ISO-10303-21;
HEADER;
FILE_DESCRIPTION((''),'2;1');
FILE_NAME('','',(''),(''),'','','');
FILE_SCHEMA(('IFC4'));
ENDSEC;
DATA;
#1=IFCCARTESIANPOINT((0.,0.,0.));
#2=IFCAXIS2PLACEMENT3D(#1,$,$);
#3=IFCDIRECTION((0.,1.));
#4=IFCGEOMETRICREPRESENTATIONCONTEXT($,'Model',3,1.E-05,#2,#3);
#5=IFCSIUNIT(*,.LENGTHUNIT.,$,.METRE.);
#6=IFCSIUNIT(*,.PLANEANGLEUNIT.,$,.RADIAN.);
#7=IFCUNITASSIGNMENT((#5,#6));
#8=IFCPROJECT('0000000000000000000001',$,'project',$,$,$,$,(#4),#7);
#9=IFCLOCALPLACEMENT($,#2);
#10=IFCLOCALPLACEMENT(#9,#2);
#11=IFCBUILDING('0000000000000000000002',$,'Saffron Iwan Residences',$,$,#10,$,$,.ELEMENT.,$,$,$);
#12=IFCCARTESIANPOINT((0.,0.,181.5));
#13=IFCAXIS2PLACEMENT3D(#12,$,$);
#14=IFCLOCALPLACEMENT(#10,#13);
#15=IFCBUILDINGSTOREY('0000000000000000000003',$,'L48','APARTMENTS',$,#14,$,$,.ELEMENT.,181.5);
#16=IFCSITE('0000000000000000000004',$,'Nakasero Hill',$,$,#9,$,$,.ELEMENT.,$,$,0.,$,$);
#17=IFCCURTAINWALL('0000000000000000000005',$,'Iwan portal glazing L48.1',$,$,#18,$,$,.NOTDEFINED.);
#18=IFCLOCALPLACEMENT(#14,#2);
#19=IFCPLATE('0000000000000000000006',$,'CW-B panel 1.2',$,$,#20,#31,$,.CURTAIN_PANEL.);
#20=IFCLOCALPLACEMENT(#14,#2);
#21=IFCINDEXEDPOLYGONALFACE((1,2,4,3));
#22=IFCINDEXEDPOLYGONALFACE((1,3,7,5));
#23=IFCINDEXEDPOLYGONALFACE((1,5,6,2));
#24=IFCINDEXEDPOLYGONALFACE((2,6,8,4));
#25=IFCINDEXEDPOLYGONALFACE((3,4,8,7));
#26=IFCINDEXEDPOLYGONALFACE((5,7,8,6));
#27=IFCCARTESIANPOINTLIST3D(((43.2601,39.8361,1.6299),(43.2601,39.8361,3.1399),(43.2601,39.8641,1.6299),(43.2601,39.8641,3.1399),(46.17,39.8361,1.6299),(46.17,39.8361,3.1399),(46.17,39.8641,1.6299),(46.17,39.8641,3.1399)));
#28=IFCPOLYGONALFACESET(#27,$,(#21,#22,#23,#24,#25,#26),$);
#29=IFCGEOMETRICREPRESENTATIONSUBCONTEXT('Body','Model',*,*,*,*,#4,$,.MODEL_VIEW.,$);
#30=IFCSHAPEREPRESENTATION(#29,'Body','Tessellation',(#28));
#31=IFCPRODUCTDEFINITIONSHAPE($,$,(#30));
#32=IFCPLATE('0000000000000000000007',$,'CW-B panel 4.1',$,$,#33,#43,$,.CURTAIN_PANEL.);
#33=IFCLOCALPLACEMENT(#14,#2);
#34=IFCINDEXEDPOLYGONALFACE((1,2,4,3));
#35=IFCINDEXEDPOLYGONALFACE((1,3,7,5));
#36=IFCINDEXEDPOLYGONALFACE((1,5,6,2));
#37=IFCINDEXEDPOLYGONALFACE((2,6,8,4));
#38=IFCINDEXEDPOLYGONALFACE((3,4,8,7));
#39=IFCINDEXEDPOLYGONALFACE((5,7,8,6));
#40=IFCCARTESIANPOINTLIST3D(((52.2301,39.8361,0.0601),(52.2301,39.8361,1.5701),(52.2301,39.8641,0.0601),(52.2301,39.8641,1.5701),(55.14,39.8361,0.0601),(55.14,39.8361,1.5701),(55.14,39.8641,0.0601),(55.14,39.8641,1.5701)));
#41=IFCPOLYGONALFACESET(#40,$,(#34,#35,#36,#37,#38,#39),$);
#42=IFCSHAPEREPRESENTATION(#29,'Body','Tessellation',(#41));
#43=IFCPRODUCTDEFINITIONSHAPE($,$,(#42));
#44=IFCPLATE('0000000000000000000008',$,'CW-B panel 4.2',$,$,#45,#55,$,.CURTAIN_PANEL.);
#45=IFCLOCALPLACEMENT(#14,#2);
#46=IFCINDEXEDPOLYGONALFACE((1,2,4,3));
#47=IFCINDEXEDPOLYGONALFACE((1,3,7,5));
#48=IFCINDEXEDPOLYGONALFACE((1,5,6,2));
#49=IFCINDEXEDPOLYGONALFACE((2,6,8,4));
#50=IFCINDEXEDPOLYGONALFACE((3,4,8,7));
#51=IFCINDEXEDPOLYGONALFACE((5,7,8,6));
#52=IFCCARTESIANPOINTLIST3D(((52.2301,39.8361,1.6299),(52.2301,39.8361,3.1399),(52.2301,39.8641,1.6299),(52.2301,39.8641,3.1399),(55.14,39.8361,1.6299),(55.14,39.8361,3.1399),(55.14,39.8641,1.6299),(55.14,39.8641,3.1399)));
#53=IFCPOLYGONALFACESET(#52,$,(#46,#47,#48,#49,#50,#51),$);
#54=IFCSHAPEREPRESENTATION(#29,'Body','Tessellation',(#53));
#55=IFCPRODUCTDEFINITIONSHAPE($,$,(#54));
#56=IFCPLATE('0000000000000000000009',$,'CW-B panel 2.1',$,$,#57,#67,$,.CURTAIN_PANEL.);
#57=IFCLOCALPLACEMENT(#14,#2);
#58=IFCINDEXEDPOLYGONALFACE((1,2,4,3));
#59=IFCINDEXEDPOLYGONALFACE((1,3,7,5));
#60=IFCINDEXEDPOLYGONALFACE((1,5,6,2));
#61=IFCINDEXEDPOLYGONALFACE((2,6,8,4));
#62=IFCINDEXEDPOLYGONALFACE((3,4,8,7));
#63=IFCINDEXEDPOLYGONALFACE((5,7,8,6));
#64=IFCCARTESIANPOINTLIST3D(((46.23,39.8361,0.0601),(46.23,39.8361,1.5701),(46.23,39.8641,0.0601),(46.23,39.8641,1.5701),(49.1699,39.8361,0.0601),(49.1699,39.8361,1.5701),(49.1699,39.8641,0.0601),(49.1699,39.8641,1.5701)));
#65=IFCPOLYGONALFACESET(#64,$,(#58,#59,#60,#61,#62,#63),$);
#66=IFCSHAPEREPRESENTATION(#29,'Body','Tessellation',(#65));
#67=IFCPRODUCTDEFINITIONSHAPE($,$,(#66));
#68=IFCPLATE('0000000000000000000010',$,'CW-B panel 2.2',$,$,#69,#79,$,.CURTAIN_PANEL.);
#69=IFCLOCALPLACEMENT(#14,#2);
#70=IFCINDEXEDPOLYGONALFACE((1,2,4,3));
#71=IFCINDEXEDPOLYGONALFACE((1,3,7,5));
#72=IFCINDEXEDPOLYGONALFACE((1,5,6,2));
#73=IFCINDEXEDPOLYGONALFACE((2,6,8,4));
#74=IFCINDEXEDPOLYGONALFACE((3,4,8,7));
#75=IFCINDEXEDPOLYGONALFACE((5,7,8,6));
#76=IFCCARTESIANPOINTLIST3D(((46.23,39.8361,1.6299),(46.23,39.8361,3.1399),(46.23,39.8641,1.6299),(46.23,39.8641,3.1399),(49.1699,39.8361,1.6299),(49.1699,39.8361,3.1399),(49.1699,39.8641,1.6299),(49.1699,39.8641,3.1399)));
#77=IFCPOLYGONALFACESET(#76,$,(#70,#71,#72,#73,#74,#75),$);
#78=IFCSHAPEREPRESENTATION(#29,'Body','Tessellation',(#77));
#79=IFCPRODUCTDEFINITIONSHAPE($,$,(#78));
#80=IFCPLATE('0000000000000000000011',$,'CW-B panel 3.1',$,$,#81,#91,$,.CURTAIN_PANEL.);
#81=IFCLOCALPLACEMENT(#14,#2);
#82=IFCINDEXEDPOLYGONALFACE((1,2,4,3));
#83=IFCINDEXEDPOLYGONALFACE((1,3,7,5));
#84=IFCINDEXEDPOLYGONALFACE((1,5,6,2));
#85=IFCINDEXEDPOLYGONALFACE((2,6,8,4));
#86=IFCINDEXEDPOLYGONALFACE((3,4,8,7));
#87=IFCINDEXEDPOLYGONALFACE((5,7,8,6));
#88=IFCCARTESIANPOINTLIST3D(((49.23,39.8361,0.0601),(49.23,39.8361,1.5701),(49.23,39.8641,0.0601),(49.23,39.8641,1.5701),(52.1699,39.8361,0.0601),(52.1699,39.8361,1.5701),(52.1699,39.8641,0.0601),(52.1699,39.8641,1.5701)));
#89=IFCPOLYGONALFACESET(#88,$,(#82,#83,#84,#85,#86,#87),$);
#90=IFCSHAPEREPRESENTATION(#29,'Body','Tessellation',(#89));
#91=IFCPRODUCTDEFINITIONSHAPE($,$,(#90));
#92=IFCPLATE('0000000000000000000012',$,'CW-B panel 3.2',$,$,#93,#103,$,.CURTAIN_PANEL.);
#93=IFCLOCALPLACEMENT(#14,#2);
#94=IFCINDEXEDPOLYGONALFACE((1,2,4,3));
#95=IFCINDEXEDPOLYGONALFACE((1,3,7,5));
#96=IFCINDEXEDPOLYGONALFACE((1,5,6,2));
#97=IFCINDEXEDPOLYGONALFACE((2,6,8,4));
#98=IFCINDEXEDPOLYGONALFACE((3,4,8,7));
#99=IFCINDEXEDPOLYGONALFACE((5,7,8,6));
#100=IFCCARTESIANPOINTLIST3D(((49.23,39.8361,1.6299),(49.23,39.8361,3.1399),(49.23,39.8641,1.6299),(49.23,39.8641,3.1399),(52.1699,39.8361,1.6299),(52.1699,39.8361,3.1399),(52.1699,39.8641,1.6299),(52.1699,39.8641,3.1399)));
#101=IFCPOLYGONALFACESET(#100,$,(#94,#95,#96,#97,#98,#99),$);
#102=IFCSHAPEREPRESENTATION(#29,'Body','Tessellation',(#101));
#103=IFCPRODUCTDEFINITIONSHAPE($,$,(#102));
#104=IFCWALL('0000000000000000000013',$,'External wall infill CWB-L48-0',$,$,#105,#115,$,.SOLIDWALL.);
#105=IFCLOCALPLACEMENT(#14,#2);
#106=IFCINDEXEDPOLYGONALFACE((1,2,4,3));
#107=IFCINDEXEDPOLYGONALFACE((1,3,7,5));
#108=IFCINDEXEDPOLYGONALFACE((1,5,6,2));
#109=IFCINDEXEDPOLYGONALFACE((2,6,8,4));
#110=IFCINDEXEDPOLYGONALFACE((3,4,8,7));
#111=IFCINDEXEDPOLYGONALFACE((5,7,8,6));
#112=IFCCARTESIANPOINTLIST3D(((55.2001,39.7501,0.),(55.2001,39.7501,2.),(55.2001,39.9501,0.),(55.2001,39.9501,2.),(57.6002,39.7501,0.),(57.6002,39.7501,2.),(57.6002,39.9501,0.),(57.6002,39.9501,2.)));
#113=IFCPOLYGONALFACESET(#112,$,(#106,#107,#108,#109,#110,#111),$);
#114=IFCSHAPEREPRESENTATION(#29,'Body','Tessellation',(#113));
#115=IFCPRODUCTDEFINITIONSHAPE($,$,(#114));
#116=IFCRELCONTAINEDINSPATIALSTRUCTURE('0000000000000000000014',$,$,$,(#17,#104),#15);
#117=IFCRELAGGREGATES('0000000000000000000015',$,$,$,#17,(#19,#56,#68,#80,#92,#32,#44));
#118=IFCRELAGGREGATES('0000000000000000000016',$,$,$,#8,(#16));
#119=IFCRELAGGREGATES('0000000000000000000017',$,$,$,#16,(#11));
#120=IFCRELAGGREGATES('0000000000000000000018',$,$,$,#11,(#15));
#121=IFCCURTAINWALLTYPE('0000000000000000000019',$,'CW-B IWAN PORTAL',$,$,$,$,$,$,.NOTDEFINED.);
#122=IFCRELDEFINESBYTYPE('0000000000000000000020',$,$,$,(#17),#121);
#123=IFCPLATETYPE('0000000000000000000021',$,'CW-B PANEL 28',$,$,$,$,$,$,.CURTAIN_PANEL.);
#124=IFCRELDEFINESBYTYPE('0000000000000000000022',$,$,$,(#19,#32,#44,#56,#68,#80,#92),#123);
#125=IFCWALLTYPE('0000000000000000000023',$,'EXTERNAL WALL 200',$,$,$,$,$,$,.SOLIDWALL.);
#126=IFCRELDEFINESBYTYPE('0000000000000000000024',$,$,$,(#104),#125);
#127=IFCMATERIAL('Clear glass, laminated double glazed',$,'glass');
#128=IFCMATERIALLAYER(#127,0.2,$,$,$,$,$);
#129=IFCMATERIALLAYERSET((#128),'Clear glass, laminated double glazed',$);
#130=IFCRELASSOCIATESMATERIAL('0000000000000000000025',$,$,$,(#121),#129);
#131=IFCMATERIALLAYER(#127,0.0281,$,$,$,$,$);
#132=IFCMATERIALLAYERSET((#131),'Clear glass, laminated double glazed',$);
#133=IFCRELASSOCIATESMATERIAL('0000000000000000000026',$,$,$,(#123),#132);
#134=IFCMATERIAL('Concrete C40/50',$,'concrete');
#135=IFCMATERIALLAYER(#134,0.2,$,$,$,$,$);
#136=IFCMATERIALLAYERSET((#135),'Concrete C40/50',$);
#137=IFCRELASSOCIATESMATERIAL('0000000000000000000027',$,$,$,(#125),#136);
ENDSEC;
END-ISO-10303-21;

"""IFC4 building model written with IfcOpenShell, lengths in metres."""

from ifc_helpers import new_model, si_unit, direction, frame, frame_2d, origin, origin_2d, place, context, subcontext, project, spatial, rectangle, extrude, source, transform, mapped, material, layer, layer_set, type_object, element, aggregate, save


model = new_model("IFC4")

# Units and contexts
model_context = context("Model", 3, precision=1e-05, world=origin(), true_north=direction((0.0, 1.0)))
body_context = subcontext(model_context, "Body", "Model", "MODEL_VIEW")
ifc_project = project(units=[si_unit("LENGTHUNIT", "METRE"), si_unit("PLANEANGLEUNIT", "RADIAN")], contexts=[model_context])

# Site, building, storey
site_placement = place(None, origin())
site = spatial("IfcSite", under=ifc_project, at=site_placement, Name="Nakasero Hill", CompositionType="ELEMENT", RefElevation=0.0)
building_placement = place(site_placement, origin())
building = spatial("IfcBuilding", under=site, at=building_placement, Name="Saffron Iwan Residences", CompositionType="ELEMENT")
storey_placement = place(building_placement, frame((0.0, 0.0, 181.5)))
storey = spatial("IfcBuildingStorey", under=building, at=storey_placement, Name="L48", Description="APARTMENTS", CompositionType="ELEMENT", Elevation=181.5)

# Curtain wall, plates
ifc_material_1 = material(Name="Clear glass, laminated double glazed", Category="glass")
ifc_layer_1 = layer(ifc_material_1, 0.2)
ifc_layer_set_1 = layer_set([ifc_layer_1], Name="Clear glass, laminated double glazed")
curtain_wall_type = type_object("IfcCurtainWallType", Name="CW-B IWAN PORTAL", PredefinedType="NOTDEFINED", material=ifc_layer_set_1)
curtain_wall_placement = place(storey_placement, origin())
curtain_wall = element("IfcCurtainWall", 1, at=curtain_wall_placement, inside=storey, type_object=curtain_wall_type, Name="Iwan portal glazing L48.1", PredefinedType="NOTDEFINED")
ifc_layer_2 = layer(ifc_material_1, 0.0281)
ifc_layer_set_2 = layer_set([ifc_layer_2], Name="Clear glass, laminated double glazed")
plate_type = type_object("IfcPlateType", Name="CW-B PANEL 28", PredefinedType="CURTAIN_PANEL", material=ifc_layer_set_2)
shared_shape_1 = source(origin(), body_context, "Body", "SweptSolid", [
    extrude(rectangle(XDim=2.9099, YDim=0.0281, at=origin_2d()), origin(), (0.0, 0.0, 1.0), 1.51),
])
plate_1_placement = place(storey_placement, frame((44.7151, 39.8501, 1.6299), z_axis=(0.0, 0.0, 1.0), x_axis=(1.0, 0.0, 0.0)))
plate_1 = element("IfcPlate", 2, at=plate_1_placement, type_object=plate_type, Name="CW-B panel 1.2", PredefinedType="CURTAIN_PANEL", context=body_context, shape_type="MappedRepresentation", body=[
    mapped(shared_shape_1, transform((0.0, 0.0, 0.0))),
])
plate_2_placement = place(storey_placement, frame((53.6851, 39.8501, 0.0601), z_axis=(0.0, 0.0, 1.0), x_axis=(1.0, 0.0, 0.0)))
plate_2 = element("IfcPlate", 3, at=plate_2_placement, type_object=plate_type, Name="CW-B panel 4.1", PredefinedType="CURTAIN_PANEL", context=body_context, shape_type="MappedRepresentation", body=[
    mapped(shared_shape_1, transform((0.0, 0.0, 0.0))),
])
plate_3_placement = place(storey_placement, frame((53.6851, 39.8501, 1.6299), z_axis=(0.0, 0.0, 1.0), x_axis=(1.0, 0.0, 0.0)))
plate_3 = element("IfcPlate", 4, at=plate_3_placement, type_object=plate_type, Name="CW-B panel 4.2", PredefinedType="CURTAIN_PANEL", context=body_context, shape_type="MappedRepresentation", body=[
    mapped(shared_shape_1, transform((0.0, 0.0, 0.0))),
])
shared_shape_2 = source(origin(), body_context, "Body", "SweptSolid", [
    extrude(rectangle(XDim=2.9399, YDim=0.0281, at=origin_2d()), origin(), (0.0, 0.0, 1.0), 1.51),
])
plate_4_placement = place(storey_placement, frame((47.7, 39.8501, 0.0601), z_axis=(0.0, 0.0, 1.0), x_axis=(1.0, 0.0, 0.0)))
plate_4 = element("IfcPlate", 5, at=plate_4_placement, type_object=plate_type, Name="CW-B panel 2.1", PredefinedType="CURTAIN_PANEL", context=body_context, shape_type="MappedRepresentation", body=[
    mapped(shared_shape_2, transform((0.0, 0.0, 0.0))),
])
plate_5_placement = place(storey_placement, frame((47.7, 39.8501, 1.6299), z_axis=(0.0, 0.0, 1.0), x_axis=(1.0, 0.0, 0.0)))
plate_5 = element("IfcPlate", 6, at=plate_5_placement, type_object=plate_type, Name="CW-B panel 2.2", PredefinedType="CURTAIN_PANEL", context=body_context, shape_type="MappedRepresentation", body=[
    mapped(shared_shape_2, transform((0.0, 0.0, 0.0))),
])
plate_6_placement = place(storey_placement, frame((50.7, 39.8501, 0.0601), z_axis=(0.0, 0.0, 1.0), x_axis=(1.0, 0.0, 0.0)))
plate_6 = element("IfcPlate", 7, at=plate_6_placement, type_object=plate_type, Name="CW-B panel 3.1", PredefinedType="CURTAIN_PANEL", context=body_context, shape_type="MappedRepresentation", body=[
    mapped(shared_shape_2, transform((0.0, 0.0, 0.0))),
])
plate_7_placement = place(storey_placement, frame((50.7, 39.8501, 1.6299), z_axis=(0.0, 0.0, 1.0), x_axis=(1.0, 0.0, 0.0)))
plate_7 = element("IfcPlate", 8, at=plate_7_placement, type_object=plate_type, Name="CW-B panel 3.2", PredefinedType="CURTAIN_PANEL", context=body_context, shape_type="MappedRepresentation", body=[
    mapped(shared_shape_2, transform((0.0, 0.0, 0.0))),
])
aggregate(curtain_wall, [plate_1, plate_4, plate_5, plate_6, plate_7, plate_2, plate_3])

# Wall
ifc_material_2 = material(Name="Concrete C40/50", Category="concrete")
ifc_layer_3 = layer(ifc_material_2, 0.2)
ifc_layer_set_3 = layer_set([ifc_layer_3], Name="Concrete C40/50")
wall_type = type_object("IfcWallType", Name="EXTERNAL WALL 200", PredefinedType="SOLIDWALL", material=ifc_layer_set_3)
wall_placement = place(storey_placement, frame((55.2, 39.8501, 0.0), z_axis=(0.0, 0.0, 1.0), x_axis=(1.0, 0.0, 0.0)))
element("IfcWall", 9, at=wall_placement, inside=storey, type_object=wall_type, Name="External wall infill CWB-L48-0", PredefinedType="SOLIDWALL", context=body_context, shape_type="SweptSolid", body=[
    extrude(rectangle(XDim=2.4001, YDim=0.2, at=frame_2d((1.2002, 0.0))), origin(), (0.0, 0.0, 1.0), 2.0),
])

save(model, "model.ifc")
